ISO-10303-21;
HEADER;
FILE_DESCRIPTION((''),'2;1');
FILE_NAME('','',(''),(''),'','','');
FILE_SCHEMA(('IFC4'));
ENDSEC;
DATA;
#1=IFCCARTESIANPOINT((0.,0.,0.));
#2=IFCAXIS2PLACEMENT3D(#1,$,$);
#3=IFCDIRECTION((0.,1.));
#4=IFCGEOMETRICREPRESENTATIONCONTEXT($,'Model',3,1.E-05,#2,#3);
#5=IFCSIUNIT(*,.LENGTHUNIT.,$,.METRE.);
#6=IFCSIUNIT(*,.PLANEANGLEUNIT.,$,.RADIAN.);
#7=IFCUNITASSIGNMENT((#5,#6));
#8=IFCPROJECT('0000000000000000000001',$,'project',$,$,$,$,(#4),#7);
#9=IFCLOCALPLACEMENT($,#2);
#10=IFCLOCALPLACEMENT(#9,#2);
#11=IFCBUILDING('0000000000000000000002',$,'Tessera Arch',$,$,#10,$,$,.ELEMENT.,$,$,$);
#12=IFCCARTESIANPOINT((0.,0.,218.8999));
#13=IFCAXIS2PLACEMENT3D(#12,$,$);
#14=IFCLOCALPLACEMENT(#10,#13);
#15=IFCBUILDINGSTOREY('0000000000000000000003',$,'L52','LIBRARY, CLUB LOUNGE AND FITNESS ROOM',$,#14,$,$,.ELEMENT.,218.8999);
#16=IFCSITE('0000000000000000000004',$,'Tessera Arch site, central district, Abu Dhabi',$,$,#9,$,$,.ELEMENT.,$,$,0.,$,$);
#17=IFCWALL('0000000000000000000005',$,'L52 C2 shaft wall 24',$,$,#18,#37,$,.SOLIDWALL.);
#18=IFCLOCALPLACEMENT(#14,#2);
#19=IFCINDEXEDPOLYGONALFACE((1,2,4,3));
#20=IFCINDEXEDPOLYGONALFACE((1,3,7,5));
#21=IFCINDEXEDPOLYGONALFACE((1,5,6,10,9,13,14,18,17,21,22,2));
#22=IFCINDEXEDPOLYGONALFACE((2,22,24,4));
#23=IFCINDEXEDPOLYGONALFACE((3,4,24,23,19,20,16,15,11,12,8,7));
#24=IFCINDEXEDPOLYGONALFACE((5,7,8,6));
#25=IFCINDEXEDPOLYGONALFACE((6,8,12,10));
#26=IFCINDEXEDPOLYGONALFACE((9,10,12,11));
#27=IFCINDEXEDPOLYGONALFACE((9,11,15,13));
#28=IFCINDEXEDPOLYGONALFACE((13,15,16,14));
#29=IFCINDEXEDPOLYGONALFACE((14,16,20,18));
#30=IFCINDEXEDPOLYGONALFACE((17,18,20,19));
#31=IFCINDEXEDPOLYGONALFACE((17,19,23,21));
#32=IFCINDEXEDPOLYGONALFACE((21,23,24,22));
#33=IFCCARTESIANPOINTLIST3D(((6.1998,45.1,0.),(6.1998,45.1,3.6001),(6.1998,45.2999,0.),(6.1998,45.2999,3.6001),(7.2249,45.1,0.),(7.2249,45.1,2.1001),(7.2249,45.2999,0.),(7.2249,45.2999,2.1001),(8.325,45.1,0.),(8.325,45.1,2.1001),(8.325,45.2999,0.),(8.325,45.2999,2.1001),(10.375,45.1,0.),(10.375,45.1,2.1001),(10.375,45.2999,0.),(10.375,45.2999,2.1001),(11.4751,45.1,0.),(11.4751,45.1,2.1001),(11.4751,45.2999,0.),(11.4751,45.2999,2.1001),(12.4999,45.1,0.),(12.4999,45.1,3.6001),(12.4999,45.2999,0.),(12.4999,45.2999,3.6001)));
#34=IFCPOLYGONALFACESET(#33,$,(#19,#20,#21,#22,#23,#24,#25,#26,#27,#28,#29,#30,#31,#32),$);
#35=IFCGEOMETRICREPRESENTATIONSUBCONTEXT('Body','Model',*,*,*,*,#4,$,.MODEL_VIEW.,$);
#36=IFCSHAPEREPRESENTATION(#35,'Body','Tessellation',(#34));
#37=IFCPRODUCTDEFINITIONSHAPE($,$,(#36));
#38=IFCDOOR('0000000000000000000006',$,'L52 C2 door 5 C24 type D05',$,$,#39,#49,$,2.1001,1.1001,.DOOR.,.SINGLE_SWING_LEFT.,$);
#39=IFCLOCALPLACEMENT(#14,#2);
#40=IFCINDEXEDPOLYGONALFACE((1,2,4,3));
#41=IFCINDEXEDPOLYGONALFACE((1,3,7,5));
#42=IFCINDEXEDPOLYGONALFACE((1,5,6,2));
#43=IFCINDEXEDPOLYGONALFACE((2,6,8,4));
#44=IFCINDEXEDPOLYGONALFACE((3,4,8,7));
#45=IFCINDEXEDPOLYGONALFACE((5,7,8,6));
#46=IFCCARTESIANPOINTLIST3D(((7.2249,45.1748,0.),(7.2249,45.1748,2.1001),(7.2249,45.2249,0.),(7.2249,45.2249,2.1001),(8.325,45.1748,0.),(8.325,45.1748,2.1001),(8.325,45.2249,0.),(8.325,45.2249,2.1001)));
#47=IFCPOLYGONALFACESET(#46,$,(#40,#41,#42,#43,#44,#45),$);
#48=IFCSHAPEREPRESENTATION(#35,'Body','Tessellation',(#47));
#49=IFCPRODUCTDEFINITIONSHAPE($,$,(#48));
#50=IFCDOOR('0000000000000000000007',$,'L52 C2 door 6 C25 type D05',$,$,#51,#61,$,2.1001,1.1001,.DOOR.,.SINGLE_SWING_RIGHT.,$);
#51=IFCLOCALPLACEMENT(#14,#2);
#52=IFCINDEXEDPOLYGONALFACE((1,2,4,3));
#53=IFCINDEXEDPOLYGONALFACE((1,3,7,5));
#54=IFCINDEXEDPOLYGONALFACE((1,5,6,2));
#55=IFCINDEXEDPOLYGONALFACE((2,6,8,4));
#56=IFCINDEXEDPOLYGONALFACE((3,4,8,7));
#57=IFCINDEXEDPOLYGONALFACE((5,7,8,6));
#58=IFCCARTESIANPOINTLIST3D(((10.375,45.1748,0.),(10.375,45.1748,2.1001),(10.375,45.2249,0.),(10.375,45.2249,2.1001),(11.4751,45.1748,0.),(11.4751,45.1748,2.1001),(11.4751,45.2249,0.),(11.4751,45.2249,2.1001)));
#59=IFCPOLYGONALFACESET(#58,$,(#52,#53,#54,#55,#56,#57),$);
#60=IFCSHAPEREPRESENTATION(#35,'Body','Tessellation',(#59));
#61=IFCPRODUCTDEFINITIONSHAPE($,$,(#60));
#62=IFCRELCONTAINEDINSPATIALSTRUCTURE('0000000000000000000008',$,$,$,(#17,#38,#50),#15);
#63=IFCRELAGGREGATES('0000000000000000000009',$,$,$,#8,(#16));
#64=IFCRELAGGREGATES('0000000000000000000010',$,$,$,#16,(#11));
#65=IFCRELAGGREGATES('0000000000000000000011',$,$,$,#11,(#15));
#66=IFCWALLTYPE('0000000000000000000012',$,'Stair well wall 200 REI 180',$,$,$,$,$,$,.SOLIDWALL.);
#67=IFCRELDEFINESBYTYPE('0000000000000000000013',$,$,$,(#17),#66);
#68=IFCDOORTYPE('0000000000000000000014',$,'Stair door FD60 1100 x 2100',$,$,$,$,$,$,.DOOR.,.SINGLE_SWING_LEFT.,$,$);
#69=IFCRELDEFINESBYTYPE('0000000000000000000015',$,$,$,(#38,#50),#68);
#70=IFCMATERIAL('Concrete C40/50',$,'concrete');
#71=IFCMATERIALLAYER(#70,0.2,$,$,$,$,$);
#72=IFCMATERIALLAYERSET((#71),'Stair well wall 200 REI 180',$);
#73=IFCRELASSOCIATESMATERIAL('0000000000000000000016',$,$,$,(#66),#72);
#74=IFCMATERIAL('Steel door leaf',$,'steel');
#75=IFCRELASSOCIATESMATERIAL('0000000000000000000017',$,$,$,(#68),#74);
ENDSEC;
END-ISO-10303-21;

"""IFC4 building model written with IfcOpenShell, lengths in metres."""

from ifc_helpers import new_model, si_unit, direction, frame, frame_2d, origin, place, context, subcontext, project, spatial, rectangle, extrude, material, layer, layer_set, type_object, element, fill, save


model = new_model("IFC4")

# Units and contexts
model_context = context("Model", 3, precision=1e-05, world=origin(), true_north=direction((0.0, 1.0)))
body_context = subcontext(model_context, "Body", "Model", "MODEL_VIEW")
ifc_project = project(units=[si_unit("LENGTHUNIT", "METRE"), si_unit("PLANEANGLEUNIT", "RADIAN")], contexts=[model_context])

# Site, building, storey
site_placement = place(None, origin())
site = spatial("IfcSite", under=ifc_project, at=site_placement, Name="Tessera Arch site, central district, Abu Dhabi", CompositionType="ELEMENT", RefElevation=0.0)
building_placement = place(site_placement, origin())
building = spatial("IfcBuilding", under=site, at=building_placement, Name="Tessera Arch", CompositionType="ELEMENT")
storey_placement = place(building_placement, frame((0.0, 0.0, 218.8999)))
storey = spatial("IfcBuildingStorey", under=building, at=storey_placement, Name="L52", Description="LIBRARY, CLUB LOUNGE AND FITNESS ROOM", CompositionType="ELEMENT", Elevation=218.8999)

# Wall, openings, doors
ifc_material_1 = material(Name="Concrete C40/50", Category="concrete")
ifc_layer_1 = layer(ifc_material_1, 0.2)
ifc_layer_set_1 = layer_set([ifc_layer_1], Name="Stair well wall 200 REI 180")
wall_type_1 = type_object("IfcWallType", Name="Stair well wall 200 REI 180", PredefinedType="SOLIDWALL", material=ifc_layer_set_1)
wall_1_placement = place(storey_placement, frame((6.2, 45.2, 0.0), z_axis=(0.0, 0.0, 1.0), x_axis=(1.0, 0.0, 0.0)))
wall_1 = element("IfcWall", 1, at=wall_1_placement, inside=storey, type_object=wall_type_1, Name="L52 C2 shaft wall 24", PredefinedType="SOLIDWALL", context=body_context, shape_type="SweptSolid", body=[
    extrude(rectangle(XDim=6.3, YDim=0.2, at=frame_2d((3.1499, 0.0))), origin(), (0.0, 0.0, 1.0), 3.6001),
])
opening_1_placement = place(wall_1_placement, frame((1.0249, 0.0, 0.0)))
opening_1 = element("IfcOpeningElement", 2, at=opening_1_placement, cuts=wall_1, PredefinedType="OPENING", context=body_context, shape_type="SweptSolid", body=[
    extrude(rectangle(XDim=1.1001, YDim=2.1001, at=frame_2d((0.55, 1.05))), frame((0.0, 0.1099, 0.0), z_axis=(0.0, -1.0, 0.0), x_axis=(1.0, 0.0, 0.0)), (0.0, 0.0, 1.0), 0.22),
])
opening_2_placement = place(wall_1_placement, frame((4.175, 0.0, 0.0)))
opening_2 = element("IfcOpeningElement", 3, at=opening_2_placement, cuts=wall_1, PredefinedType="OPENING", context=body_context, shape_type="SweptSolid", body=[
    extrude(rectangle(XDim=1.1001, YDim=2.1001, at=frame_2d((0.55, 1.05))), frame((0.0, 0.1099, 0.0), z_axis=(0.0, -1.0, 0.0), x_axis=(1.0, 0.0, 0.0)), (0.0, 0.0, 1.0), 0.22),
])
ifc_material_2 = material(Name="Steel door leaf", Category="steel")
door_type_1 = type_object("IfcDoorType", Name="Stair door FD60 1100 x 2100", OperationType="SINGLE_SWING_LEFT", PredefinedType="DOOR", material=ifc_material_2)
door_1_placement = place(opening_1_placement, origin())
door_1 = element("IfcDoor", 4, at=door_1_placement, inside=storey, type_object=door_type_1, Name="L52 C2 door 5 C24 type D05", OperationType="SINGLE_SWING_LEFT", OverallHeight=2.1001, OverallWidth=1.1001, PredefinedType="DOOR", context=body_context, shape_type="SweptSolid", body=[
    extrude(rectangle(XDim=1.1001, YDim=2.1001, at=frame_2d((0.55, 1.05))), frame((0.0, 0.0249, 0.0), z_axis=(0.0, -1.0, 0.0), x_axis=(1.0, 0.0, 0.0)), (0.0, 0.0, 1.0), 0.05),
])
fill(opening_1, door_1)
door_2_placement = place(opening_2_placement, origin())
door_2 = element("IfcDoor", 5, at=door_2_placement, inside=storey, type_object=door_type_1, Name="L52 C2 door 6 C25 type D05", OperationType="SINGLE_SWING_RIGHT", OverallHeight=2.1001, OverallWidth=1.1001, PredefinedType="DOOR", context=body_context, shape_type="SweptSolid", body=[
    extrude(rectangle(XDim=1.1001, YDim=2.1001, at=frame_2d((0.55, 1.05))), frame((0.0, 0.0249, 0.0), z_axis=(0.0, -1.0, 0.0), x_axis=(1.0, 0.0, 0.0)), (0.0, 0.0, 1.0), 0.05),
])
fill(opening_2, door_2)

save(model, "model.ifc")
